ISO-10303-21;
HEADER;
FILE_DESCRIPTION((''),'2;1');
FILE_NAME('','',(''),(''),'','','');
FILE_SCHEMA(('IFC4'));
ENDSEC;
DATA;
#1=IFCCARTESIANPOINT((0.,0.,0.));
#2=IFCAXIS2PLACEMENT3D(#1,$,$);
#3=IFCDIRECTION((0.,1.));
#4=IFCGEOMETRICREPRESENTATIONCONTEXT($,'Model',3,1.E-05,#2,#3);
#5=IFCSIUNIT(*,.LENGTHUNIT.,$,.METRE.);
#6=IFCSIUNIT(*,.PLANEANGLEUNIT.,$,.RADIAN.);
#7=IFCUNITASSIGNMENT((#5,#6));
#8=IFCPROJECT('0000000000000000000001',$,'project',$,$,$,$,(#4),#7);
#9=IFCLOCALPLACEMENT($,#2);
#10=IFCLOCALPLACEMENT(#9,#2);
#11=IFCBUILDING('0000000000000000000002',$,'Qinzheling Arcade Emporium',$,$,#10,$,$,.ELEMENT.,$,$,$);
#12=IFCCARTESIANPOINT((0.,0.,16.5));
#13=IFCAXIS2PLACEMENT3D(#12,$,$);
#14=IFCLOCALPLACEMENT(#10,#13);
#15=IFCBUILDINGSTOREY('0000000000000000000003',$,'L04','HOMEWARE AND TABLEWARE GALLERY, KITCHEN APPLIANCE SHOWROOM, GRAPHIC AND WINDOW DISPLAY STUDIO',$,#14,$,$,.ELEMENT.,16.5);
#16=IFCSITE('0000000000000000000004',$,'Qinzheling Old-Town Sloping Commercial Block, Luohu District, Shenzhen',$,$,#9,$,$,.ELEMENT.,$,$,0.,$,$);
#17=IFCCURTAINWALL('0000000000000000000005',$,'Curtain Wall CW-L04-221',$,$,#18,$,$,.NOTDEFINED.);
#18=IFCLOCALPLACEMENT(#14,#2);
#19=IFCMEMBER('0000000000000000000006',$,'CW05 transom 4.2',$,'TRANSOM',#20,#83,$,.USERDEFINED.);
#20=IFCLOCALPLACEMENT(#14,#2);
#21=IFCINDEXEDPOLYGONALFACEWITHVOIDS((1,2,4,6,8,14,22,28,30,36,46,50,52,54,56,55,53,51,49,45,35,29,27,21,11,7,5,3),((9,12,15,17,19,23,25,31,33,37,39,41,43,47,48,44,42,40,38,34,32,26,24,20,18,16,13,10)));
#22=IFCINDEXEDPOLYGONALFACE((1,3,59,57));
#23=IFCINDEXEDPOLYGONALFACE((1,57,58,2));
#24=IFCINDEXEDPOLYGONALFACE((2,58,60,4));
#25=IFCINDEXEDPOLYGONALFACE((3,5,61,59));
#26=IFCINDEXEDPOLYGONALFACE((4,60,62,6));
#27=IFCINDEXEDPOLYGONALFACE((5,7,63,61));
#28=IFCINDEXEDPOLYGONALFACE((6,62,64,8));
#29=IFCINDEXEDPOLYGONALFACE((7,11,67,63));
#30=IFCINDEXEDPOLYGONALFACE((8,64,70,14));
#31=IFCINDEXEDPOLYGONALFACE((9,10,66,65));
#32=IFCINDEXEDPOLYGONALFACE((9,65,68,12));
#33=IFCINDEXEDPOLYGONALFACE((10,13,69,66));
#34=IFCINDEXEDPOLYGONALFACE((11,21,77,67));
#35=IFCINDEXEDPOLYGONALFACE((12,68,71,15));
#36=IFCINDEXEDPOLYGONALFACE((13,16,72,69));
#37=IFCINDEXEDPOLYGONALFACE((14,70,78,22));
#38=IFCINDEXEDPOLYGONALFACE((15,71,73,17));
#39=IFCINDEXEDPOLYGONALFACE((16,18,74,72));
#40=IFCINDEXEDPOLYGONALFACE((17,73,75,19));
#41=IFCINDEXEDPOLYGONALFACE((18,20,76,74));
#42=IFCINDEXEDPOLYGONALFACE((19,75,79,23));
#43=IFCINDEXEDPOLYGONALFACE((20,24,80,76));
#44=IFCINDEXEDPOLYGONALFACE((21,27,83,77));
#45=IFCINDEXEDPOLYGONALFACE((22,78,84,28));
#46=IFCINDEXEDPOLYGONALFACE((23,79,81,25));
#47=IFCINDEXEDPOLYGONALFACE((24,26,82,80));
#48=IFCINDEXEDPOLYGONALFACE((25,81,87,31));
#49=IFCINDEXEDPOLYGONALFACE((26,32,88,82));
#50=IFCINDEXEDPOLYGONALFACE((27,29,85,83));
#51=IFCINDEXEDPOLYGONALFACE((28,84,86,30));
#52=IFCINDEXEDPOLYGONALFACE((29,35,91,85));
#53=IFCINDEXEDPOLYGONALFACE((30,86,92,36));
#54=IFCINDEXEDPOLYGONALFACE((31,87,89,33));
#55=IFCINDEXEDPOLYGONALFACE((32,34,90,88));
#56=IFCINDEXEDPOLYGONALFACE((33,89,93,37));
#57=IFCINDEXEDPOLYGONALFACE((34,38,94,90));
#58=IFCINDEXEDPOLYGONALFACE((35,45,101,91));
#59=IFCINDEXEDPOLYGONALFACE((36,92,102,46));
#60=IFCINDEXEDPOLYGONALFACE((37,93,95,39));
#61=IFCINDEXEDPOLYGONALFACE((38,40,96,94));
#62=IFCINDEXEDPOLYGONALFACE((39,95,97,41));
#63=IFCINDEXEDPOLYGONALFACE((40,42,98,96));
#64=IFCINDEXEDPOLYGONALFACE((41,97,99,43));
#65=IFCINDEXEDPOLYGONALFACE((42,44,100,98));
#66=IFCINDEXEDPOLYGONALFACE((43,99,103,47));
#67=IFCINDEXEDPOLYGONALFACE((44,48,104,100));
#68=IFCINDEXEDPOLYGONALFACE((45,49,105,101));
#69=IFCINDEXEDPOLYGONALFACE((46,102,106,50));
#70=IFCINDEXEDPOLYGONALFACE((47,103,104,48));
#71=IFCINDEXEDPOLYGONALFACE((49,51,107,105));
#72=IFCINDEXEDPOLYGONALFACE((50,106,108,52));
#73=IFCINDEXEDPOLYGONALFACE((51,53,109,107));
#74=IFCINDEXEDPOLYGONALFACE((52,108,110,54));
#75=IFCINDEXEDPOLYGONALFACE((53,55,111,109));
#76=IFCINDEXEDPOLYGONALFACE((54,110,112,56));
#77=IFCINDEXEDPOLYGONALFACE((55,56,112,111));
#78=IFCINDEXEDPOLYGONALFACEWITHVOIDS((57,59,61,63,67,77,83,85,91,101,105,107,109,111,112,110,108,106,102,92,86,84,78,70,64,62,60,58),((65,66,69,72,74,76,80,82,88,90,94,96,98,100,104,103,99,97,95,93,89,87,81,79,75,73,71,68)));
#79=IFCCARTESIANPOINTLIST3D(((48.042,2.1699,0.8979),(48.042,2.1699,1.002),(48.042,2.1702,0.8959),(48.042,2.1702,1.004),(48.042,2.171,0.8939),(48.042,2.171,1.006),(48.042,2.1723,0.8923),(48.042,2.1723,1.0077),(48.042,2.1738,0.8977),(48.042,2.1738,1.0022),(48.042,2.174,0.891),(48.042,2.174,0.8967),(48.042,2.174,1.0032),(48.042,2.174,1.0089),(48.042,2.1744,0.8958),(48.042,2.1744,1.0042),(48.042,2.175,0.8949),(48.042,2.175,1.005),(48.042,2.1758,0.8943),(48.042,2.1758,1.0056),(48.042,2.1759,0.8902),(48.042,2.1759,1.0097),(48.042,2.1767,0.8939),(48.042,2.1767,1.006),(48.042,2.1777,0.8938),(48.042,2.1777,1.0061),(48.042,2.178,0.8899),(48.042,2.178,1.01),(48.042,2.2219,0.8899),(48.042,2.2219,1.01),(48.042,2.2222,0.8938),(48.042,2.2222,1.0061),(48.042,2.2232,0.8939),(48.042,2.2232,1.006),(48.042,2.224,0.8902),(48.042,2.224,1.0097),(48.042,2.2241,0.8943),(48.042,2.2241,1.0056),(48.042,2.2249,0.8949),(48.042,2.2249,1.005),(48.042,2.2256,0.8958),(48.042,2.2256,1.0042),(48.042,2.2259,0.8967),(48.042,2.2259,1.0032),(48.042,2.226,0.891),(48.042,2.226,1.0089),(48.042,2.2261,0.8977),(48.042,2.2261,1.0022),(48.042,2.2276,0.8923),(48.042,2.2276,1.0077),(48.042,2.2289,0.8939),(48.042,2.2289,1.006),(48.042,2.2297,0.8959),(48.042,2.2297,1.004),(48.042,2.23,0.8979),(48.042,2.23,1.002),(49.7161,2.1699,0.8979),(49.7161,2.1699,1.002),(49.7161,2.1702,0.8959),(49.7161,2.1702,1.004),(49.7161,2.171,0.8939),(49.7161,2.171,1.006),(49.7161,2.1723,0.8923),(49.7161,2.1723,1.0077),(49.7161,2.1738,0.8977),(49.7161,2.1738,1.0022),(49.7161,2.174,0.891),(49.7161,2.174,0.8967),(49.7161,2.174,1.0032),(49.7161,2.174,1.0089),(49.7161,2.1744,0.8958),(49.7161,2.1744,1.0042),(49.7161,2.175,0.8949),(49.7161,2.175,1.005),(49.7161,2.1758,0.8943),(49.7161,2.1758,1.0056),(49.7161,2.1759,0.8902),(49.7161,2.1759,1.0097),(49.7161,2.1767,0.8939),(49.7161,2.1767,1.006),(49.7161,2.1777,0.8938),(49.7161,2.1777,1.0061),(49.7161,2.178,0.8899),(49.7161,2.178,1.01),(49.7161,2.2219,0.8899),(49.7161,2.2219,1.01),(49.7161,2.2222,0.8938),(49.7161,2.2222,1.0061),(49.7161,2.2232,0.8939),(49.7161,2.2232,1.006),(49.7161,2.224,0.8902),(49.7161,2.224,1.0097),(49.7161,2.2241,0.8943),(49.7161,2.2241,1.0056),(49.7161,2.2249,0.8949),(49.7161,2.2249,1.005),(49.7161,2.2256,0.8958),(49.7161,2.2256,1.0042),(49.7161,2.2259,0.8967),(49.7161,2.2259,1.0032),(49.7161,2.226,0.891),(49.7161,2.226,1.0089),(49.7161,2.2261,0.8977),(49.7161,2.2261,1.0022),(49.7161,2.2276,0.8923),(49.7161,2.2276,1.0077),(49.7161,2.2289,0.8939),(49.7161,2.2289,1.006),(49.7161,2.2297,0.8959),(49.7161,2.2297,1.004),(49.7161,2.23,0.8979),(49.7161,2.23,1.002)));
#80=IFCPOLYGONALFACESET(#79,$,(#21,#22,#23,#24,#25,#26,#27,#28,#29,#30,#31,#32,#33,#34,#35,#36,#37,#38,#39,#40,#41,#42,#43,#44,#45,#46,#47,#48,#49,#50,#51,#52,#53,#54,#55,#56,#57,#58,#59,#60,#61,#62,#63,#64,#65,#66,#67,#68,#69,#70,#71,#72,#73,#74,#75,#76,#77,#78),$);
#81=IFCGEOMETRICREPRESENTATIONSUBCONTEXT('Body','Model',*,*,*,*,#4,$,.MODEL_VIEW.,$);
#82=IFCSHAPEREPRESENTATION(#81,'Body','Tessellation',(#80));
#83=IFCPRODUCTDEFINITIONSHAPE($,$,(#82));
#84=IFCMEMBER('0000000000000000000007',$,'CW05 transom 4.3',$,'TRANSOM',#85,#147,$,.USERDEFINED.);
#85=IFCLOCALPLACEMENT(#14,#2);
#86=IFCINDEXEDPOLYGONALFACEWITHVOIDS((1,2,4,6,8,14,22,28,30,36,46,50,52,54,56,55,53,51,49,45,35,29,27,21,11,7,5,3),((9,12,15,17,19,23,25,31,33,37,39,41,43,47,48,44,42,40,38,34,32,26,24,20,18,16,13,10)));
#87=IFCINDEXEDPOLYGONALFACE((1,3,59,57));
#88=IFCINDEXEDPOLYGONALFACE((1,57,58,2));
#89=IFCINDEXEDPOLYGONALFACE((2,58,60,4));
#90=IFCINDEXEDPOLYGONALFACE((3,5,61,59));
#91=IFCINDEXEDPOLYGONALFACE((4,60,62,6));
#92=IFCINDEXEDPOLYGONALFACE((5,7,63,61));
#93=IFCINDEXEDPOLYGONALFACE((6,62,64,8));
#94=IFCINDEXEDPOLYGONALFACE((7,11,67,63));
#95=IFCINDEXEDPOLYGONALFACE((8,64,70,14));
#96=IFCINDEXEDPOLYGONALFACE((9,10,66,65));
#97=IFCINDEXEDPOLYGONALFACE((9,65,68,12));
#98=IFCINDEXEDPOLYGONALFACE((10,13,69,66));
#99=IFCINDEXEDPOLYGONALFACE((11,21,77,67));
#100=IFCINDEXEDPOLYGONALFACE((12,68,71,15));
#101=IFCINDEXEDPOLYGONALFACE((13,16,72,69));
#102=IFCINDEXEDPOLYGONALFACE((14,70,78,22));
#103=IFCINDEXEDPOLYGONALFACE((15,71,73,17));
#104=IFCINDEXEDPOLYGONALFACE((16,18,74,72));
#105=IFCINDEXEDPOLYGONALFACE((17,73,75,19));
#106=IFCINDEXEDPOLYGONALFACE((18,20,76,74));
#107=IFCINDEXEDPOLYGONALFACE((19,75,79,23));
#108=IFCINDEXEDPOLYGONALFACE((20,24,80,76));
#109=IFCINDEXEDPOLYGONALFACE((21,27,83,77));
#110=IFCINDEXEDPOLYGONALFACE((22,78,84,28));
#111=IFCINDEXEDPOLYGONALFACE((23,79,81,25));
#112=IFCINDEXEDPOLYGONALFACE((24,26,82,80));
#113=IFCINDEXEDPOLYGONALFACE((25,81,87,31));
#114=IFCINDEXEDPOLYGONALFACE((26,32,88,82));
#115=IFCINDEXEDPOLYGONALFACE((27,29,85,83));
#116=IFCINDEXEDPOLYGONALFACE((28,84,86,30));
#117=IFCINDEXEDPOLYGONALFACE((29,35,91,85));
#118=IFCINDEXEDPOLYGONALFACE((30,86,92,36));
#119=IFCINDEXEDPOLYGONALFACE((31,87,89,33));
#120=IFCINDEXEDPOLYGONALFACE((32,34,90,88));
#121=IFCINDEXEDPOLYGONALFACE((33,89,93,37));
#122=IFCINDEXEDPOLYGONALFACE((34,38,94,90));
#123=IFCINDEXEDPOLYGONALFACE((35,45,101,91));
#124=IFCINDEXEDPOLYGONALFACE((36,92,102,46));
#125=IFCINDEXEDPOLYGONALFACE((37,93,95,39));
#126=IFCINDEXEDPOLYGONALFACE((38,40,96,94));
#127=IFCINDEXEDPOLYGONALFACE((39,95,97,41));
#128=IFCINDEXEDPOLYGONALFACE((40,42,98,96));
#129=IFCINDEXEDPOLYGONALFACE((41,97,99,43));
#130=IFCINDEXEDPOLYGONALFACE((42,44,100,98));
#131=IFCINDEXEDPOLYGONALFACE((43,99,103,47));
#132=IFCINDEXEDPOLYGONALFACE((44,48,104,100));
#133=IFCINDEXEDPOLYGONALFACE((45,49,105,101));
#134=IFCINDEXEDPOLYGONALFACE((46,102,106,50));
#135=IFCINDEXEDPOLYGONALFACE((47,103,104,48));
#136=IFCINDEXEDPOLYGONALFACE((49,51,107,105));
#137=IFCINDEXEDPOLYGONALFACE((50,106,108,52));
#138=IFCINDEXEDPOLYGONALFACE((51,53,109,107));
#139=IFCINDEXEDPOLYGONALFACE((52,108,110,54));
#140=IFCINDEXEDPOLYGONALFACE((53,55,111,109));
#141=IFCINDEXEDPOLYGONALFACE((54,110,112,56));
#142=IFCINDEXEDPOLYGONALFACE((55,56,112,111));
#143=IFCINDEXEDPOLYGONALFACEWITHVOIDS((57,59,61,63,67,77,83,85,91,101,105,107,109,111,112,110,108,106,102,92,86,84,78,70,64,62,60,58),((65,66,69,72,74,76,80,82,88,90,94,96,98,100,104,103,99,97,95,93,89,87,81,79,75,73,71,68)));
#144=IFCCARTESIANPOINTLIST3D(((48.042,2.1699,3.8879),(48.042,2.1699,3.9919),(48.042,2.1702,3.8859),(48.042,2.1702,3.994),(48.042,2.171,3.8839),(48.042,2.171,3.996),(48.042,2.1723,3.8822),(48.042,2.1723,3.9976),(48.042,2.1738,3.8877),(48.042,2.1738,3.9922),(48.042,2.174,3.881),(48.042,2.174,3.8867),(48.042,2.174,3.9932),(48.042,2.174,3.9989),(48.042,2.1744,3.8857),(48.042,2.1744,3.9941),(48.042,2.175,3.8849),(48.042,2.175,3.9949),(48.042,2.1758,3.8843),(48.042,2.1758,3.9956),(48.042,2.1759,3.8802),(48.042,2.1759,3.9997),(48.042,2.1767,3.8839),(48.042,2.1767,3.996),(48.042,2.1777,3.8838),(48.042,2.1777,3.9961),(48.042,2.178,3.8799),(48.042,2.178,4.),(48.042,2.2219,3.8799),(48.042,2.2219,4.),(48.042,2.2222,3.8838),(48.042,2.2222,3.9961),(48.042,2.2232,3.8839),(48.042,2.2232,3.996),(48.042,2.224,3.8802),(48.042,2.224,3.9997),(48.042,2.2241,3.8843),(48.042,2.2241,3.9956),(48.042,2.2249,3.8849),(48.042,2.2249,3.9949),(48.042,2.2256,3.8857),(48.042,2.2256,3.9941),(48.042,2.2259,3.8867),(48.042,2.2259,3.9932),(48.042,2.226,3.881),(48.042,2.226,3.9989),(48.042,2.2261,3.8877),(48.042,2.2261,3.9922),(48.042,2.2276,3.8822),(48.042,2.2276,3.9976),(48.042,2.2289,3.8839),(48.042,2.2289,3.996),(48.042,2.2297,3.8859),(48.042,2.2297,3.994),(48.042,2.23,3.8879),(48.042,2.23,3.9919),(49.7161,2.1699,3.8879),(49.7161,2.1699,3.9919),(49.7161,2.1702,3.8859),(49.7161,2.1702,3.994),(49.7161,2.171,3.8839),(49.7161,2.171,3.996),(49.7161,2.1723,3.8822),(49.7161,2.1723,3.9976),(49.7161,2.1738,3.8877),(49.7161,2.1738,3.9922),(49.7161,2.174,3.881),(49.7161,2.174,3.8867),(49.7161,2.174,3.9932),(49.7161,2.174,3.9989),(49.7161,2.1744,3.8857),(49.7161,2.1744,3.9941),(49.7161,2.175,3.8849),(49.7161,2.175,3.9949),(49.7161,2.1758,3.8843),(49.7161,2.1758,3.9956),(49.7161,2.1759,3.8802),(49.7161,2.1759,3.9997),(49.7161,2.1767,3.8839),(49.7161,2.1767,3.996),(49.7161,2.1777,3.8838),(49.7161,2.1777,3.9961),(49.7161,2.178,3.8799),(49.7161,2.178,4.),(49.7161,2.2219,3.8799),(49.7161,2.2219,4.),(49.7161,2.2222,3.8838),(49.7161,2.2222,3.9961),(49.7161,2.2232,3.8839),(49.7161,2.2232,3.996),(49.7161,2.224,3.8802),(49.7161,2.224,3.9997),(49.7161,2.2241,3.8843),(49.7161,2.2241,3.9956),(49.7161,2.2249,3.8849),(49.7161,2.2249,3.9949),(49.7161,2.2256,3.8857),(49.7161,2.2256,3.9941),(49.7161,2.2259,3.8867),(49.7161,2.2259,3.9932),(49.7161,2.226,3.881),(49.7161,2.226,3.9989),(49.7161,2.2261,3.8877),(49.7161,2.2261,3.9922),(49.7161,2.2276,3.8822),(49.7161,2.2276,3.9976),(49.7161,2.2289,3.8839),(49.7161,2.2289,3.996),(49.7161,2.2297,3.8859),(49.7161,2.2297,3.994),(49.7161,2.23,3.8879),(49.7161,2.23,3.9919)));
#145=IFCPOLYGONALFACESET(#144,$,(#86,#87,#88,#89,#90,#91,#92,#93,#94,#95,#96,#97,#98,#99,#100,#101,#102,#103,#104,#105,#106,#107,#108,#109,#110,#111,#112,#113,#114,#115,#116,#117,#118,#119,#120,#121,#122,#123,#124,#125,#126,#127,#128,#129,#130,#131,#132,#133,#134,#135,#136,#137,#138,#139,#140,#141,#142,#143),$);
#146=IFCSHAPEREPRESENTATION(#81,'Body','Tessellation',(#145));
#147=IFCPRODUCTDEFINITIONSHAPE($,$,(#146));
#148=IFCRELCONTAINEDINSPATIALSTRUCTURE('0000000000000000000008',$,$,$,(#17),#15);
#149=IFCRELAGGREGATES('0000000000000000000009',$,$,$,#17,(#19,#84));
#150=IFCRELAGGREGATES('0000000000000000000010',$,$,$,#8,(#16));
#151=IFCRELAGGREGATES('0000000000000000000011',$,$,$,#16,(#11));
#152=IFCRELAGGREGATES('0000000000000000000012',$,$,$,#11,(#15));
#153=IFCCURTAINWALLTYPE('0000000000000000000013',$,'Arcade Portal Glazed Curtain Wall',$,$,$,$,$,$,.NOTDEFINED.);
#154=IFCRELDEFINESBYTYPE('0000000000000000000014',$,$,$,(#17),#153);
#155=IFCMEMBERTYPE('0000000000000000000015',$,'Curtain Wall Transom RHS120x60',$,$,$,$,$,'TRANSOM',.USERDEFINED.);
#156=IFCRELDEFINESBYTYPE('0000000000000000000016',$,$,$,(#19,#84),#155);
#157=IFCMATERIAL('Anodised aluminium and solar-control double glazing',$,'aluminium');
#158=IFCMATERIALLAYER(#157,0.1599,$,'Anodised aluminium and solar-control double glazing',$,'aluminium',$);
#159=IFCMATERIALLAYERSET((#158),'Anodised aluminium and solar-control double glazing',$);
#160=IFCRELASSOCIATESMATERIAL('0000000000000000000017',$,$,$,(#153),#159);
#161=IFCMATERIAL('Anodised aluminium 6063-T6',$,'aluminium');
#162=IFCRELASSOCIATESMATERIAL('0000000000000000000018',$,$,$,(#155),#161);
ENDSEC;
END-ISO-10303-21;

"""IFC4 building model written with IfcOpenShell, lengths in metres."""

from ifc_helpers import new_model, si_unit, direction, frame, origin, origin_2d, place, context, subcontext, project, spatial, hollow_rectangle, extrude, material, layer, layer_set, material_profile, profile_set, type_object, element, aggregate, save


model = new_model("IFC4")

# Units and contexts
model_context = context("Model", 3, precision=1e-05, world=origin(), true_north=direction((0.0, 1.0)))
body_context = subcontext(model_context, "Body", "Model", "MODEL_VIEW")
ifc_project = project(units=[si_unit("LENGTHUNIT", "METRE"), si_unit("PLANEANGLEUNIT", "RADIAN")], contexts=[model_context])

# Site, building, storey
site_placement = place(None, origin())
site = spatial("IfcSite", under=ifc_project, at=site_placement, Name="Qinzheling Old-Town Sloping Commercial Block, Luohu District, Shenzhen", CompositionType="ELEMENT", RefElevation=0.0)
building_placement = place(site_placement, origin())
building = spatial("IfcBuilding", under=site, at=building_placement, Name="Qinzheling Arcade Emporium", CompositionType="ELEMENT")
storey_placement = place(building_placement, frame((0.0, 0.0, 16.5)))
storey = spatial("IfcBuildingStorey", under=building, at=storey_placement, Name="L04", Description="HOMEWARE AND TABLEWARE GALLERY, KITCHEN APPLIANCE SHOWROOM, GRAPHIC AND WINDOW DISPLAY STUDIO", CompositionType="ELEMENT", Elevation=16.5)

# Curtain wall
ifc_material_1 = material(Name="Anodised aluminium and solar-control double glazing", Category="aluminium")
ifc_layer_1 = layer(ifc_material_1, 0.1599, Name="Anodised aluminium and solar-control double glazing", Category="aluminium")
ifc_layer_set_1 = layer_set([ifc_layer_1], Name="Anodised aluminium and solar-control double glazing")
curtain_wall_type_1 = type_object("IfcCurtainWallType", Name="Arcade Portal Glazed Curtain Wall", PredefinedType="NOTDEFINED", material=ifc_layer_set_1)
curtain_wall_1_placement = place(storey_placement, origin())
curtain_wall_1 = element("IfcCurtainWall", 1, at=curtain_wall_1_placement, inside=storey, type_object=curtain_wall_type_1, Name="Curtain Wall CW-L04-221", PredefinedType="NOTDEFINED")
ifc_material_2 = material(Name="Anodised aluminium 6063-T6", Category="aluminium")

# Members
ifc_material_profile_1 = material_profile(ifc_material_2, hollow_rectangle(XDim=0.0601, YDim=0.1201, WallThickness=0.0039, InnerFilletRadius=0.0039, OuterFilletRadius=0.0081, at=origin_2d()), Name="RHS 120x60x4", Category="aluminium")
ifc_profile_set_1 = profile_set([ifc_material_profile_1], Name="Anodised aluminium 6063-T6")
member_type_1 = type_object("IfcMemberType", Name="Curtain Wall Transom RHS120x60", ElementType="TRANSOM", PredefinedType="USERDEFINED", material=ifc_profile_set_1)
member_1_placement = place(storey_placement, frame((49.7161, 2.2, 0.95), z_axis=(-1.0, 0.0, 0.0), x_axis=(0.0, -1.0, 0.0)))
member_1 = element("IfcMember", 2, at=member_1_placement, type_object=member_type_1, Name="CW05 transom 4.2", ObjectType="TRANSOM", PredefinedType="USERDEFINED", context=body_context, shape_type="SweptSolid", body=[
    extrude(hollow_rectangle(XDim=0.0601, YDim=0.1201, WallThickness=0.0039, InnerFilletRadius=0.0039, OuterFilletRadius=0.0081, at=origin_2d()), origin(), (0.0, 0.0, 1.0), 1.6741),
])
member_2_placement = place(storey_placement, frame((49.7161, 2.2, 3.9399), z_axis=(-1.0, 0.0, 0.0), x_axis=(0.0, -1.0, 0.0)))
member_2 = element("IfcMember", 3, at=member_2_placement, type_object=member_type_1, Name="CW05 transom 4.3", ObjectType="TRANSOM", PredefinedType="USERDEFINED", context=body_context, shape_type="SweptSolid", body=[
    extrude(hollow_rectangle(XDim=0.0601, YDim=0.1201, WallThickness=0.0039, InnerFilletRadius=0.0039, OuterFilletRadius=0.0081, at=origin_2d()), origin(), (0.0, 0.0, 1.0), 1.6741),
])

aggregate(curtain_wall_1, [member_1, member_2])

save(model, "model.ifc")
